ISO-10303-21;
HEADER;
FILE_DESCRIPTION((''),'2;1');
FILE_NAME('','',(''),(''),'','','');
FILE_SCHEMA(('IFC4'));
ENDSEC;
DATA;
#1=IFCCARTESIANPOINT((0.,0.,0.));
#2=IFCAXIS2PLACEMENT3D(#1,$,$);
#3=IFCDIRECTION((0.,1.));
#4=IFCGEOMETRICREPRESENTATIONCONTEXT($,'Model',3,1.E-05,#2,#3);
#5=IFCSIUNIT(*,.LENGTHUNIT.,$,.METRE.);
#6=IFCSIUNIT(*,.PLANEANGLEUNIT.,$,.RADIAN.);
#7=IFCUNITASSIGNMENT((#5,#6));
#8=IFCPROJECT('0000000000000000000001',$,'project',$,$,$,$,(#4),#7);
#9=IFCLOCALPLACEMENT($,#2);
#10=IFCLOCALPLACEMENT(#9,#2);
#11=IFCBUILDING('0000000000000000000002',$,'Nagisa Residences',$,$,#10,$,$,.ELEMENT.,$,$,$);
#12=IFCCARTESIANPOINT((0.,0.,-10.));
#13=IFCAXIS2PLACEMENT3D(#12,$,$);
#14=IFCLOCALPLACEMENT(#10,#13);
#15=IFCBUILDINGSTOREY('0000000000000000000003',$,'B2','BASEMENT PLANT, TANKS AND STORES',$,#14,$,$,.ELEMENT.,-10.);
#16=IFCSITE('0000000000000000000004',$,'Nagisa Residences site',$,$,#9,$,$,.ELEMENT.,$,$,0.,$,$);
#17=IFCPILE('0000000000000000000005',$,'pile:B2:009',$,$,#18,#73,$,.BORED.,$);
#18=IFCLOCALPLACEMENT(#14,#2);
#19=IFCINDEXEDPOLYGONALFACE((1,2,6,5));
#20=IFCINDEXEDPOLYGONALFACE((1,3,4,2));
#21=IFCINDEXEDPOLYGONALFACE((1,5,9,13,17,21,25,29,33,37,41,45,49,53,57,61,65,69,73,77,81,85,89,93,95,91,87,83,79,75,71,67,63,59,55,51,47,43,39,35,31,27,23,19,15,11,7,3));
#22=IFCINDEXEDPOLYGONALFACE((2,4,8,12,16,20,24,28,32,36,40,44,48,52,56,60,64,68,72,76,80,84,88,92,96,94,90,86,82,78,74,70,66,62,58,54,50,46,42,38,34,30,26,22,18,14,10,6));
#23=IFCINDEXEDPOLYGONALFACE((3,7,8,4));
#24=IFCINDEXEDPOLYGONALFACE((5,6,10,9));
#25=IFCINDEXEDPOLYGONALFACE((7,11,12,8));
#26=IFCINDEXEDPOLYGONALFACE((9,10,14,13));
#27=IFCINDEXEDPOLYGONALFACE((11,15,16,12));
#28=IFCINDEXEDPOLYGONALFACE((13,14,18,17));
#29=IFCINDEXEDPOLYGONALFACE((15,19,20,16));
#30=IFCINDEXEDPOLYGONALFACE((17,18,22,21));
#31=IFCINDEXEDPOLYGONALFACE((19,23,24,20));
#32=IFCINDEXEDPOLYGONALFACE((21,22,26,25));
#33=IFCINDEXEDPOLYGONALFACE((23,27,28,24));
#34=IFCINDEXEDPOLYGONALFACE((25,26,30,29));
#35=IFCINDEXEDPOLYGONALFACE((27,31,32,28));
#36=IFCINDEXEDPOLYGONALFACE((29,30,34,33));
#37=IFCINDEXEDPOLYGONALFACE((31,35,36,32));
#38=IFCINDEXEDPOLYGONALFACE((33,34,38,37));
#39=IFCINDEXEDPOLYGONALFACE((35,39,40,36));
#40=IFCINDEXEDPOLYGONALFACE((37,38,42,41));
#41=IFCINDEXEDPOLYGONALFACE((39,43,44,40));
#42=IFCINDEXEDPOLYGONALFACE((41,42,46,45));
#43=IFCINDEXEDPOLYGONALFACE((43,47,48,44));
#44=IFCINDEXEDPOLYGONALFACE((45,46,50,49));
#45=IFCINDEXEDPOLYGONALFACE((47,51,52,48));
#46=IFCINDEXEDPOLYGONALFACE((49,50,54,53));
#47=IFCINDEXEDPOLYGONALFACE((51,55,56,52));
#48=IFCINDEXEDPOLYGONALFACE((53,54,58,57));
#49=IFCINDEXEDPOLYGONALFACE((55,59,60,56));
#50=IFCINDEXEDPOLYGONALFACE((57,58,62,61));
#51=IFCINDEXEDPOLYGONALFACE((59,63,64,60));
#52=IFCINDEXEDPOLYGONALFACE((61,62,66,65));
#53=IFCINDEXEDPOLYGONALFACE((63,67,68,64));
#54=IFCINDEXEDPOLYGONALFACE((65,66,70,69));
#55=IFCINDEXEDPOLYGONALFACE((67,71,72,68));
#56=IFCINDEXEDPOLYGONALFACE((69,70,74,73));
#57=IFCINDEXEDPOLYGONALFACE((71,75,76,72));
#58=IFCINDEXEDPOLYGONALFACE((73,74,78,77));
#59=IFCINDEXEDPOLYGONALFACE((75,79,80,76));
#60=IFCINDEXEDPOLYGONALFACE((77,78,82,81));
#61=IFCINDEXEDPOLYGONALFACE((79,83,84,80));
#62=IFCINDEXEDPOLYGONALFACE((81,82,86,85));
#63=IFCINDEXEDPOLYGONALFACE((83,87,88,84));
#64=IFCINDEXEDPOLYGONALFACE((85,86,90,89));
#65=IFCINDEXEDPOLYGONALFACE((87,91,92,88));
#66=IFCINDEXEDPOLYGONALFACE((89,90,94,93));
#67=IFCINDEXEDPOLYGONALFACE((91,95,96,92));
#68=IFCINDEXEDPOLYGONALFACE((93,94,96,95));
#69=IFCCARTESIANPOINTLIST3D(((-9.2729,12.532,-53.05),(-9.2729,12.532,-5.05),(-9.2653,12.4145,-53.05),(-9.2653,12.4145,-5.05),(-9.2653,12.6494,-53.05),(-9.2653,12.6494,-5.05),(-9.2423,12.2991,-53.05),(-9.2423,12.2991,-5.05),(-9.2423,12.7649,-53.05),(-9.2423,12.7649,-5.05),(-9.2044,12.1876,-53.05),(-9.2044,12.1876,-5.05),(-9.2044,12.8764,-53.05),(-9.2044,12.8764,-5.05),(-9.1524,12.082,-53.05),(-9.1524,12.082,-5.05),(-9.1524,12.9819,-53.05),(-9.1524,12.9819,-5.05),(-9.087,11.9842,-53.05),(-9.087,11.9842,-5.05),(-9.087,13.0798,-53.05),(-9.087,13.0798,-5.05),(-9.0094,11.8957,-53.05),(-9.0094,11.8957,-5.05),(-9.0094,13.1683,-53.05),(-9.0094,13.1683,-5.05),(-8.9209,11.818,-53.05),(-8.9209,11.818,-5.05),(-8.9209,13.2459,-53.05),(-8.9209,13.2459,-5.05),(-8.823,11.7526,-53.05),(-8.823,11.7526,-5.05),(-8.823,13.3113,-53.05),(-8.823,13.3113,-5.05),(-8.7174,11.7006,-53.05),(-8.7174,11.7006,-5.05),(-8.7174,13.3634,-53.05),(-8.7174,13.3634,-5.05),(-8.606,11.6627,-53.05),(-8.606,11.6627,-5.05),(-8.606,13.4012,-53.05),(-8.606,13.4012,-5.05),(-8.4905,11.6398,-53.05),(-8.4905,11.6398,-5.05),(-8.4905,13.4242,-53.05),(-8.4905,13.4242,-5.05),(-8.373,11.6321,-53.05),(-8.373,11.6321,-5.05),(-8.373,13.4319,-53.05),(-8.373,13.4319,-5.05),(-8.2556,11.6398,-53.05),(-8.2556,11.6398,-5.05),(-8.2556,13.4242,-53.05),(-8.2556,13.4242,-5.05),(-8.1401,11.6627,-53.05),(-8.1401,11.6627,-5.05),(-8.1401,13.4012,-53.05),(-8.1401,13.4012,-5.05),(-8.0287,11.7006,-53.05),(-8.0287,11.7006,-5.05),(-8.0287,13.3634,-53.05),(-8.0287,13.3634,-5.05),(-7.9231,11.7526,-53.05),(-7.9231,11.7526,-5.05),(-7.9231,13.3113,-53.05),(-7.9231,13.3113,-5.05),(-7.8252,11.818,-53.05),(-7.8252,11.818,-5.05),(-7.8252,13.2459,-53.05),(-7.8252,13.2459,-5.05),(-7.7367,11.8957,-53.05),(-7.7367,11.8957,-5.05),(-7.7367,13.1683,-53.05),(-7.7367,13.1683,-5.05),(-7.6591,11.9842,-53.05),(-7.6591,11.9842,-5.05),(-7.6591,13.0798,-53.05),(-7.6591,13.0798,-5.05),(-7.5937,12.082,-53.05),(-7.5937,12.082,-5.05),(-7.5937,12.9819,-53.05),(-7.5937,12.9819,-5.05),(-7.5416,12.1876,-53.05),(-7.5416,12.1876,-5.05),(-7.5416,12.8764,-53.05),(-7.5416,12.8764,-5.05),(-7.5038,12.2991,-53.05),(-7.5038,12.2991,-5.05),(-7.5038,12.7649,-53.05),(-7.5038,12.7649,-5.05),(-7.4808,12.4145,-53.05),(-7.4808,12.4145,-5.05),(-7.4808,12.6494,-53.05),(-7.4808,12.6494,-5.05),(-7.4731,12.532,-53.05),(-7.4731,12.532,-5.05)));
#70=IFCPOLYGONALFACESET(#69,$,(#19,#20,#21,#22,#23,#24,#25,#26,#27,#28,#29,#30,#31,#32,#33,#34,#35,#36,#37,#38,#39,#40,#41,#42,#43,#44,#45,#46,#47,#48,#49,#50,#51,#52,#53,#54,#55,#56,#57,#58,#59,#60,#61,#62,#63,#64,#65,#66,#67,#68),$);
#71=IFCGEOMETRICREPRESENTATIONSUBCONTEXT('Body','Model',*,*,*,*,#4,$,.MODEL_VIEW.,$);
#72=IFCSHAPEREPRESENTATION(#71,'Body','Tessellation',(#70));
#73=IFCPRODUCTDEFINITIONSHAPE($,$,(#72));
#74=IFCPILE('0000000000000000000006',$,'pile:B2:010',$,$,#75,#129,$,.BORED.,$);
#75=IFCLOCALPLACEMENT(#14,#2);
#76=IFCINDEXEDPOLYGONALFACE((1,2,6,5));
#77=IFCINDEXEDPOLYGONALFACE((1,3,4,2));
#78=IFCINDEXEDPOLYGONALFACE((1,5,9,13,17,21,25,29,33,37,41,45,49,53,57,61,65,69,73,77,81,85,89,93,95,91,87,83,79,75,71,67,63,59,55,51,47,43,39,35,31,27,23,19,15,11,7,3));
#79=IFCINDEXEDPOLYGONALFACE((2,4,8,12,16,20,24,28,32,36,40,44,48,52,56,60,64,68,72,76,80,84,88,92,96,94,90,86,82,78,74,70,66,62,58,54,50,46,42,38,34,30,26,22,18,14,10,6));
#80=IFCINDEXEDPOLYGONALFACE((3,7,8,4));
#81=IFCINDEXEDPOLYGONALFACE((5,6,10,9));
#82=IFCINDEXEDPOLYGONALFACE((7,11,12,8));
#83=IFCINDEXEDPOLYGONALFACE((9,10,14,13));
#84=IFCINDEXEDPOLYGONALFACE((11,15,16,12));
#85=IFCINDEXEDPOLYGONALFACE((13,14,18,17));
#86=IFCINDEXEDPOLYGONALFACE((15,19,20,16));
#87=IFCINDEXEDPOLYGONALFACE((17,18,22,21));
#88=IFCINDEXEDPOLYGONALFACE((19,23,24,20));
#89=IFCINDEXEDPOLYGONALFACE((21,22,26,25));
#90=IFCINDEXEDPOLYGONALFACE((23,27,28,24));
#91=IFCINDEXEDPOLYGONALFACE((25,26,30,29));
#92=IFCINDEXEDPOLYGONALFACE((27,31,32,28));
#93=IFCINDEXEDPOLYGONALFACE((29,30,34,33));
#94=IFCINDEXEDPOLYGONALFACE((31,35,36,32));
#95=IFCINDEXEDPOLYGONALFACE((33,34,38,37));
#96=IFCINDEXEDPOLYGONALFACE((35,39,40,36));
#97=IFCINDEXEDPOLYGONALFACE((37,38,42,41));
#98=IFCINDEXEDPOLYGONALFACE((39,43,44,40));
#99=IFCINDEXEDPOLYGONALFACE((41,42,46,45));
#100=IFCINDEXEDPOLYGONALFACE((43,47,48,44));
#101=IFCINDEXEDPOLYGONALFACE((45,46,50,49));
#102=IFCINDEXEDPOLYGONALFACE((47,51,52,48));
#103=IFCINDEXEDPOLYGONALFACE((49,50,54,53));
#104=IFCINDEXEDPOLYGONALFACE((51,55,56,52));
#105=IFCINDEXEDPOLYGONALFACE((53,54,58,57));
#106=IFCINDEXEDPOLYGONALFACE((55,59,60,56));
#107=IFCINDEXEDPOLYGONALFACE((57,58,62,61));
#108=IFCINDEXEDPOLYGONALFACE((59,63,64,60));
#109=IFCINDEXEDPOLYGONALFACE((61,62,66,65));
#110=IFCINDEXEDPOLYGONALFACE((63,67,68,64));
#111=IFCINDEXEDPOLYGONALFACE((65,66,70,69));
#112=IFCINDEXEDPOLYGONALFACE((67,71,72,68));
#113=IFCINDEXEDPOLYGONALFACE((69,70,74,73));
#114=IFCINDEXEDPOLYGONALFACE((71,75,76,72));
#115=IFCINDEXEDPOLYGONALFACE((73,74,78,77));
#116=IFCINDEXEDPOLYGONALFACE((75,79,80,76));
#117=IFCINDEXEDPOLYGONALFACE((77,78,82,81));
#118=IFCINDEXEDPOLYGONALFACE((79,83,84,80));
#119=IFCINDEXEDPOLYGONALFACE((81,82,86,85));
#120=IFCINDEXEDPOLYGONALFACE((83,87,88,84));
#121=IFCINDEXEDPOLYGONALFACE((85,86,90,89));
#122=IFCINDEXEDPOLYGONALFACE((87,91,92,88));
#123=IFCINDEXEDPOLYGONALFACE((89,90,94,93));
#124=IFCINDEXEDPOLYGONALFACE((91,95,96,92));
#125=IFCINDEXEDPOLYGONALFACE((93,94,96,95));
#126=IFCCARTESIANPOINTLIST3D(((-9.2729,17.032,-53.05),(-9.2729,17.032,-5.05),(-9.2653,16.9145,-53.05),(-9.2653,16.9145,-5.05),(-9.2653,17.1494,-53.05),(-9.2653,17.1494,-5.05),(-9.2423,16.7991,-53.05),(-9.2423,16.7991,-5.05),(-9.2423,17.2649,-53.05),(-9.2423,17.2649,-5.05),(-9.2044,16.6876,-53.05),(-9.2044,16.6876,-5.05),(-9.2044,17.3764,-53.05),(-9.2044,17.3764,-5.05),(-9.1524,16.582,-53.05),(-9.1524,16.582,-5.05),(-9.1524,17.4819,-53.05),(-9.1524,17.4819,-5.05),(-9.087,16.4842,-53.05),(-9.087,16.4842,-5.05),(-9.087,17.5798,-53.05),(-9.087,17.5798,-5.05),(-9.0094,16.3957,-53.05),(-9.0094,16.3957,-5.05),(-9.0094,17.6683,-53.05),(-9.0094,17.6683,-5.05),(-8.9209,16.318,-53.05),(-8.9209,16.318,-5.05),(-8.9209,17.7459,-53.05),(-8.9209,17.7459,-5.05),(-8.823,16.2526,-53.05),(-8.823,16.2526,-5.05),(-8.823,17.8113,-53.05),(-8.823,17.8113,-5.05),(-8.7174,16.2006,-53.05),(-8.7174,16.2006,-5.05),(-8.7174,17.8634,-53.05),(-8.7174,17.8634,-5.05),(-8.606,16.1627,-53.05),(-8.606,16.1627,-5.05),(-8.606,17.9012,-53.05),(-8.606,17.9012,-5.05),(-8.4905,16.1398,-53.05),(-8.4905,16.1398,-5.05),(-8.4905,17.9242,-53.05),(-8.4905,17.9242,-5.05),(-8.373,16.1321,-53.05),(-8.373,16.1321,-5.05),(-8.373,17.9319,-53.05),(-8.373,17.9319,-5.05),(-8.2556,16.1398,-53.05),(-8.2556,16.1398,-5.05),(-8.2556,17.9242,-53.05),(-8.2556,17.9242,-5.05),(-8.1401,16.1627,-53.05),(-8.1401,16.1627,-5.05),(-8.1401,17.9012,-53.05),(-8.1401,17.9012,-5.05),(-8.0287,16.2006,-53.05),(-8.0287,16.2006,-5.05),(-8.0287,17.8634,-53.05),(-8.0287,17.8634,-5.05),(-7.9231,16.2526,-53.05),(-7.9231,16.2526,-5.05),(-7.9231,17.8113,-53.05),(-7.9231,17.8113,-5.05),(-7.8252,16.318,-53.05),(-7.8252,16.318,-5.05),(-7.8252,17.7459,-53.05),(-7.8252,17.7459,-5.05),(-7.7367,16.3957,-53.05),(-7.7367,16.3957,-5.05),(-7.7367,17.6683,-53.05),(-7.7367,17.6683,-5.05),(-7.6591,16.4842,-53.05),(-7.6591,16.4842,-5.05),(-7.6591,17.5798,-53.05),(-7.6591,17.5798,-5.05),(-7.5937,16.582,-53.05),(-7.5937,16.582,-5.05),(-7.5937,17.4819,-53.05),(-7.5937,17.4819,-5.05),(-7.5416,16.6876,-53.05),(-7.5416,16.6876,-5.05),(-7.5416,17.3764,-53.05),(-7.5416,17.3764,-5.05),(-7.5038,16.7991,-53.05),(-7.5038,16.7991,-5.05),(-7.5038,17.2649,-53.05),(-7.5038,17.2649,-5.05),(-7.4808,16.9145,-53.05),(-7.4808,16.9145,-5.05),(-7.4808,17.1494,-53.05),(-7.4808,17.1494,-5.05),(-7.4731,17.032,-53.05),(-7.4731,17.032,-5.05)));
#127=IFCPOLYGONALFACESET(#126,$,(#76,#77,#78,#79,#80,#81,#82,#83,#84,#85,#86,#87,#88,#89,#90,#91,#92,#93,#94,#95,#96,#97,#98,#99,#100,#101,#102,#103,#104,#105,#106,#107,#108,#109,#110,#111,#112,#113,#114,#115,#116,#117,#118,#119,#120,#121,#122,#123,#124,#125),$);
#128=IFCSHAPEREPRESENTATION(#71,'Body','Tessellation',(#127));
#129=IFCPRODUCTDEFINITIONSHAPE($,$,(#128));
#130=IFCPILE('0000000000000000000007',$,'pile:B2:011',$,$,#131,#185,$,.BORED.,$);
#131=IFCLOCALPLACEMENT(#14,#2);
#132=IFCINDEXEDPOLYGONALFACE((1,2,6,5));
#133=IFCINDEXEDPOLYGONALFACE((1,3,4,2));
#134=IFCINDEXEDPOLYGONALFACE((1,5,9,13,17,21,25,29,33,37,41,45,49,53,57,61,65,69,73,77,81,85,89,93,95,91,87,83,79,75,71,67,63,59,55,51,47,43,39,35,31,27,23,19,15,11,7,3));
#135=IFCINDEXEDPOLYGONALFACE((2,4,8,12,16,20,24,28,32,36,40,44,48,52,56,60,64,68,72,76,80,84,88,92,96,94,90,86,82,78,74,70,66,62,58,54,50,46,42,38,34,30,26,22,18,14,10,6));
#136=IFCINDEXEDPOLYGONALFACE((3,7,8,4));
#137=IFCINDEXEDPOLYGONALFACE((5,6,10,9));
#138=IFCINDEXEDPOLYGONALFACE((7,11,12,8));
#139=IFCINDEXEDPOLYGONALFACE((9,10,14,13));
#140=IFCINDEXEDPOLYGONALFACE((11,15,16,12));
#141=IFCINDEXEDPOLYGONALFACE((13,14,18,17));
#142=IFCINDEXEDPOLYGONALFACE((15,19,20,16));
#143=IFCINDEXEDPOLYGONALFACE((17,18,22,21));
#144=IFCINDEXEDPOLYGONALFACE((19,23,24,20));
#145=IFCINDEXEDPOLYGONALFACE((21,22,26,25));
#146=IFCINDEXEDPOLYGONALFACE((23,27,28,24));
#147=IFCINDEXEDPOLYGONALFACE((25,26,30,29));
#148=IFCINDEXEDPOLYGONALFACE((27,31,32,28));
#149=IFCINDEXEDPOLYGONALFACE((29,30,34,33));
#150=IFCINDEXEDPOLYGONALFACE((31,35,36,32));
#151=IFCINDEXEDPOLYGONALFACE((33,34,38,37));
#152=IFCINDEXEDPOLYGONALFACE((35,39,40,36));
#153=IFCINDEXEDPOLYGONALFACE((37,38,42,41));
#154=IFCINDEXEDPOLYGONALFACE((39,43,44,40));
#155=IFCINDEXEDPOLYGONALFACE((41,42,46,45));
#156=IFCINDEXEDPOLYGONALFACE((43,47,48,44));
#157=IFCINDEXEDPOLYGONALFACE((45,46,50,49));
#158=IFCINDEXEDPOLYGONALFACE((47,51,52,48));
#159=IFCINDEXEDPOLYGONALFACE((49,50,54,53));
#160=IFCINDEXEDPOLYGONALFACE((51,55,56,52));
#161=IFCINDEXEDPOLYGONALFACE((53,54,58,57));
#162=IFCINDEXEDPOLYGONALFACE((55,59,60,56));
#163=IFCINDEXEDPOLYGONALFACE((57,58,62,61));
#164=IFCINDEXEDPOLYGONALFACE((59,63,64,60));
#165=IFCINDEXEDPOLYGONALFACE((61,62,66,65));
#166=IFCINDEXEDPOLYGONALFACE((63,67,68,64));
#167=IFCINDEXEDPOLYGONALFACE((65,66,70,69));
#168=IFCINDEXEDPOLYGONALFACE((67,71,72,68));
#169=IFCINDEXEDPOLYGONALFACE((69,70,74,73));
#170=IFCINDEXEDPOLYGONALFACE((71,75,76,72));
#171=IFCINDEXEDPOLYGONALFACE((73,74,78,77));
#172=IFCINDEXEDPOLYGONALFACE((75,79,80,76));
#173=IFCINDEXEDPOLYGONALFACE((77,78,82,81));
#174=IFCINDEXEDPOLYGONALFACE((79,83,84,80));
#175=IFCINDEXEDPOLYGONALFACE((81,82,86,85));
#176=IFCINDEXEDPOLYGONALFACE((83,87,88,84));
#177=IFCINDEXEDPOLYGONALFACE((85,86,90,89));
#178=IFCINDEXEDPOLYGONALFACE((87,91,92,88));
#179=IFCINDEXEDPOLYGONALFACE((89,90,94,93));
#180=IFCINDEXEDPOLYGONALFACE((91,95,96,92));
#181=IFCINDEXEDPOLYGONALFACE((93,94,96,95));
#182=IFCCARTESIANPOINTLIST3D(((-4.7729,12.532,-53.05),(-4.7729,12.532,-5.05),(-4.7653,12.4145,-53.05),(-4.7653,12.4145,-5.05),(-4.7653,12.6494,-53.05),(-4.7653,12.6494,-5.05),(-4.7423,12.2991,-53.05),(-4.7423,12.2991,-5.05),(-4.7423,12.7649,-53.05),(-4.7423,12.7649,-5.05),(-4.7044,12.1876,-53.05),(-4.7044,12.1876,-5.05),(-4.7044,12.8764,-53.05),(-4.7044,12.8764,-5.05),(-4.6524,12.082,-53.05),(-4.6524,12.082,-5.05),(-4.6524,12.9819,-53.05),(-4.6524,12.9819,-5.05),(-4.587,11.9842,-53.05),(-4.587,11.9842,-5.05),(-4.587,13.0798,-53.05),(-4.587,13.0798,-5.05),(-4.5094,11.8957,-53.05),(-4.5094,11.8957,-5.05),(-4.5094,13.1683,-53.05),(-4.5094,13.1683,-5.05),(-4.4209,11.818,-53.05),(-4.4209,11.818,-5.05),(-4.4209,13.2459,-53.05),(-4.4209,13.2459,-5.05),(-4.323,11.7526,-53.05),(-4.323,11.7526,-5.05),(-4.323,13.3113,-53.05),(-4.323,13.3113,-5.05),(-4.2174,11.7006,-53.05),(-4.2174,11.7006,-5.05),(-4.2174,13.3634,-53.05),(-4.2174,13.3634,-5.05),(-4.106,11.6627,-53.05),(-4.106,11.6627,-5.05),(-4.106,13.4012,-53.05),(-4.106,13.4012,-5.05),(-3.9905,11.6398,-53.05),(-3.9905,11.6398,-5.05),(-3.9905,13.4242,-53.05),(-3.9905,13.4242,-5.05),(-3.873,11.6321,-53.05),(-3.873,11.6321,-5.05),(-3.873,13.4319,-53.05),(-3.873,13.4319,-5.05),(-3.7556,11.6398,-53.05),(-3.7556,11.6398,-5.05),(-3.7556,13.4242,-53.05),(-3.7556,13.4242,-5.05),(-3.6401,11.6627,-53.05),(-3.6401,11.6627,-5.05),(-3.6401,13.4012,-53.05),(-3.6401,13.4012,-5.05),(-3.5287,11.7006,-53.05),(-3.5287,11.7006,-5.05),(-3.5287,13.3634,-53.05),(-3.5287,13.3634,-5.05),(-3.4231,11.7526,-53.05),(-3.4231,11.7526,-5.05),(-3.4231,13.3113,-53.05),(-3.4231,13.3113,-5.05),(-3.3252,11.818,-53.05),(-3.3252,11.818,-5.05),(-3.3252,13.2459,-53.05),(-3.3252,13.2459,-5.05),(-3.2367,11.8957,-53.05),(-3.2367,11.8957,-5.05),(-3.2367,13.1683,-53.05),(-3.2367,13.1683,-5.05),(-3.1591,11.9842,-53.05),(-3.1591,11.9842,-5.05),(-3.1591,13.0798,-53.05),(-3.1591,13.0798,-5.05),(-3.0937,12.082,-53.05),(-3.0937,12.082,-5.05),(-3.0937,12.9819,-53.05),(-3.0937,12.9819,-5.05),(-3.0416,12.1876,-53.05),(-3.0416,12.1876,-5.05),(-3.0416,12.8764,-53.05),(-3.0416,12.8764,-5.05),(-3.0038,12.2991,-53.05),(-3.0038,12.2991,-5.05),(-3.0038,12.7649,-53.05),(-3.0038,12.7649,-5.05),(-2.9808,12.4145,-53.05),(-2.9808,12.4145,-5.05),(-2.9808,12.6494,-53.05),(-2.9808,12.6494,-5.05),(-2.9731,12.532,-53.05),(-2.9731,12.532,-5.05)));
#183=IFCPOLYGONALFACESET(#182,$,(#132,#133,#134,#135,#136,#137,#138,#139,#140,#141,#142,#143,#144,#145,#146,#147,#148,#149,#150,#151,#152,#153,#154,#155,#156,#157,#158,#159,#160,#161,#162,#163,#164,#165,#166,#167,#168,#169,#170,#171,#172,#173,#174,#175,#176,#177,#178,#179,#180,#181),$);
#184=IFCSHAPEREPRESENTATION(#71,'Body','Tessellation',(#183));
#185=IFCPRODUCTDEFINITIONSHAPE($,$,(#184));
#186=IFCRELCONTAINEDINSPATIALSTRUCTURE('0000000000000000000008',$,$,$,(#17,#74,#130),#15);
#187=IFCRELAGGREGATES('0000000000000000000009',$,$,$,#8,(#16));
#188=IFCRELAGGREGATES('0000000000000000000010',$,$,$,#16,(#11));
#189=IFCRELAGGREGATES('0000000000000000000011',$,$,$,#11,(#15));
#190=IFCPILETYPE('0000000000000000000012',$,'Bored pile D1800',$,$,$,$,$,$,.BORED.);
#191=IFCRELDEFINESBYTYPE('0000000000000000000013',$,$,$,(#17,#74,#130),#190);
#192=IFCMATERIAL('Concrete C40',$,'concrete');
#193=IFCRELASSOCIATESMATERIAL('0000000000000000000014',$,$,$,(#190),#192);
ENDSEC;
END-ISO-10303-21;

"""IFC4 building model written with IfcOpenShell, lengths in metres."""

from ifc_helpers import new_model, si_unit, direction, frame, origin, origin_2d, place, context, subcontext, project, spatial, circle, extrude, material, material_profile, profile_set, type_object, element, save


model = new_model("IFC4")

# Units and contexts
model_context = context("Model", 3, precision=1e-05, world=origin(), true_north=direction((0.0, 1.0)))
body_context = subcontext(model_context, "Body", "Model", "MODEL_VIEW")
ifc_project = project(units=[si_unit("LENGTHUNIT", "METRE"), si_unit("PLANEANGLEUNIT", "RADIAN")], contexts=[model_context])

# Site, building, storey
site_placement = place(None, origin())
site = spatial("IfcSite", under=ifc_project, at=site_placement, Name="Nagisa Residences site", CompositionType="ELEMENT", RefElevation=0.0)
building_placement = place(site_placement, origin())
building = spatial("IfcBuilding", under=site, at=building_placement, Name="Nagisa Residences", CompositionType="ELEMENT")
storey_placement = place(building_placement, frame((0.0, 0.0, -10.0)))
storey = spatial("IfcBuildingStorey", under=building, at=storey_placement, Name="B2", Description="BASEMENT PLANT, TANKS AND STORES", CompositionType="ELEMENT", Elevation=-10.0)

# Piles
ifc_material_1 = material(Name="Concrete C40", Category="concrete")
ifc_material_profile_1 = material_profile(ifc_material_1, circle(Radius=0.8999, at=origin_2d()), Name="Bored pile D1800")
ifc_profile_set_1 = profile_set([ifc_material_profile_1], Name="Concrete C40")
pile_type = type_object("IfcPileType", Name="Bored pile D1800", PredefinedType="BORED", material=ifc_profile_set_1)
for number, where, z_axis, x_axis, name in (
    (1, (-8.373, 12.532, -5.05), (0.0, 0.0, -1.0), (1.0, 0.0, 0.0), "pile:B2:009"),
    (2, (-8.373, 17.032, -5.05), (0.0, 0.0, -1.0), (1.0, 0.0, 0.0), "pile:B2:010"),
    (3, (-3.873, 12.532, -5.05), (0.0, 0.0, -1.0), (1.0, 0.0, 0.0), "pile:B2:011"),
):
    element("IfcPile", number, at=place(storey_placement, frame(where, z_axis=z_axis, x_axis=x_axis)), inside=storey, type_object=pile_type, Name=name, PredefinedType="BORED", context=body_context, shape_type="SweptSolid", body=[
        extrude(circle(Radius=0.8999, at=origin_2d()), origin(), (0.0, 0.0, 1.0), 48.0),
    ])

save(model, "model.ifc")
